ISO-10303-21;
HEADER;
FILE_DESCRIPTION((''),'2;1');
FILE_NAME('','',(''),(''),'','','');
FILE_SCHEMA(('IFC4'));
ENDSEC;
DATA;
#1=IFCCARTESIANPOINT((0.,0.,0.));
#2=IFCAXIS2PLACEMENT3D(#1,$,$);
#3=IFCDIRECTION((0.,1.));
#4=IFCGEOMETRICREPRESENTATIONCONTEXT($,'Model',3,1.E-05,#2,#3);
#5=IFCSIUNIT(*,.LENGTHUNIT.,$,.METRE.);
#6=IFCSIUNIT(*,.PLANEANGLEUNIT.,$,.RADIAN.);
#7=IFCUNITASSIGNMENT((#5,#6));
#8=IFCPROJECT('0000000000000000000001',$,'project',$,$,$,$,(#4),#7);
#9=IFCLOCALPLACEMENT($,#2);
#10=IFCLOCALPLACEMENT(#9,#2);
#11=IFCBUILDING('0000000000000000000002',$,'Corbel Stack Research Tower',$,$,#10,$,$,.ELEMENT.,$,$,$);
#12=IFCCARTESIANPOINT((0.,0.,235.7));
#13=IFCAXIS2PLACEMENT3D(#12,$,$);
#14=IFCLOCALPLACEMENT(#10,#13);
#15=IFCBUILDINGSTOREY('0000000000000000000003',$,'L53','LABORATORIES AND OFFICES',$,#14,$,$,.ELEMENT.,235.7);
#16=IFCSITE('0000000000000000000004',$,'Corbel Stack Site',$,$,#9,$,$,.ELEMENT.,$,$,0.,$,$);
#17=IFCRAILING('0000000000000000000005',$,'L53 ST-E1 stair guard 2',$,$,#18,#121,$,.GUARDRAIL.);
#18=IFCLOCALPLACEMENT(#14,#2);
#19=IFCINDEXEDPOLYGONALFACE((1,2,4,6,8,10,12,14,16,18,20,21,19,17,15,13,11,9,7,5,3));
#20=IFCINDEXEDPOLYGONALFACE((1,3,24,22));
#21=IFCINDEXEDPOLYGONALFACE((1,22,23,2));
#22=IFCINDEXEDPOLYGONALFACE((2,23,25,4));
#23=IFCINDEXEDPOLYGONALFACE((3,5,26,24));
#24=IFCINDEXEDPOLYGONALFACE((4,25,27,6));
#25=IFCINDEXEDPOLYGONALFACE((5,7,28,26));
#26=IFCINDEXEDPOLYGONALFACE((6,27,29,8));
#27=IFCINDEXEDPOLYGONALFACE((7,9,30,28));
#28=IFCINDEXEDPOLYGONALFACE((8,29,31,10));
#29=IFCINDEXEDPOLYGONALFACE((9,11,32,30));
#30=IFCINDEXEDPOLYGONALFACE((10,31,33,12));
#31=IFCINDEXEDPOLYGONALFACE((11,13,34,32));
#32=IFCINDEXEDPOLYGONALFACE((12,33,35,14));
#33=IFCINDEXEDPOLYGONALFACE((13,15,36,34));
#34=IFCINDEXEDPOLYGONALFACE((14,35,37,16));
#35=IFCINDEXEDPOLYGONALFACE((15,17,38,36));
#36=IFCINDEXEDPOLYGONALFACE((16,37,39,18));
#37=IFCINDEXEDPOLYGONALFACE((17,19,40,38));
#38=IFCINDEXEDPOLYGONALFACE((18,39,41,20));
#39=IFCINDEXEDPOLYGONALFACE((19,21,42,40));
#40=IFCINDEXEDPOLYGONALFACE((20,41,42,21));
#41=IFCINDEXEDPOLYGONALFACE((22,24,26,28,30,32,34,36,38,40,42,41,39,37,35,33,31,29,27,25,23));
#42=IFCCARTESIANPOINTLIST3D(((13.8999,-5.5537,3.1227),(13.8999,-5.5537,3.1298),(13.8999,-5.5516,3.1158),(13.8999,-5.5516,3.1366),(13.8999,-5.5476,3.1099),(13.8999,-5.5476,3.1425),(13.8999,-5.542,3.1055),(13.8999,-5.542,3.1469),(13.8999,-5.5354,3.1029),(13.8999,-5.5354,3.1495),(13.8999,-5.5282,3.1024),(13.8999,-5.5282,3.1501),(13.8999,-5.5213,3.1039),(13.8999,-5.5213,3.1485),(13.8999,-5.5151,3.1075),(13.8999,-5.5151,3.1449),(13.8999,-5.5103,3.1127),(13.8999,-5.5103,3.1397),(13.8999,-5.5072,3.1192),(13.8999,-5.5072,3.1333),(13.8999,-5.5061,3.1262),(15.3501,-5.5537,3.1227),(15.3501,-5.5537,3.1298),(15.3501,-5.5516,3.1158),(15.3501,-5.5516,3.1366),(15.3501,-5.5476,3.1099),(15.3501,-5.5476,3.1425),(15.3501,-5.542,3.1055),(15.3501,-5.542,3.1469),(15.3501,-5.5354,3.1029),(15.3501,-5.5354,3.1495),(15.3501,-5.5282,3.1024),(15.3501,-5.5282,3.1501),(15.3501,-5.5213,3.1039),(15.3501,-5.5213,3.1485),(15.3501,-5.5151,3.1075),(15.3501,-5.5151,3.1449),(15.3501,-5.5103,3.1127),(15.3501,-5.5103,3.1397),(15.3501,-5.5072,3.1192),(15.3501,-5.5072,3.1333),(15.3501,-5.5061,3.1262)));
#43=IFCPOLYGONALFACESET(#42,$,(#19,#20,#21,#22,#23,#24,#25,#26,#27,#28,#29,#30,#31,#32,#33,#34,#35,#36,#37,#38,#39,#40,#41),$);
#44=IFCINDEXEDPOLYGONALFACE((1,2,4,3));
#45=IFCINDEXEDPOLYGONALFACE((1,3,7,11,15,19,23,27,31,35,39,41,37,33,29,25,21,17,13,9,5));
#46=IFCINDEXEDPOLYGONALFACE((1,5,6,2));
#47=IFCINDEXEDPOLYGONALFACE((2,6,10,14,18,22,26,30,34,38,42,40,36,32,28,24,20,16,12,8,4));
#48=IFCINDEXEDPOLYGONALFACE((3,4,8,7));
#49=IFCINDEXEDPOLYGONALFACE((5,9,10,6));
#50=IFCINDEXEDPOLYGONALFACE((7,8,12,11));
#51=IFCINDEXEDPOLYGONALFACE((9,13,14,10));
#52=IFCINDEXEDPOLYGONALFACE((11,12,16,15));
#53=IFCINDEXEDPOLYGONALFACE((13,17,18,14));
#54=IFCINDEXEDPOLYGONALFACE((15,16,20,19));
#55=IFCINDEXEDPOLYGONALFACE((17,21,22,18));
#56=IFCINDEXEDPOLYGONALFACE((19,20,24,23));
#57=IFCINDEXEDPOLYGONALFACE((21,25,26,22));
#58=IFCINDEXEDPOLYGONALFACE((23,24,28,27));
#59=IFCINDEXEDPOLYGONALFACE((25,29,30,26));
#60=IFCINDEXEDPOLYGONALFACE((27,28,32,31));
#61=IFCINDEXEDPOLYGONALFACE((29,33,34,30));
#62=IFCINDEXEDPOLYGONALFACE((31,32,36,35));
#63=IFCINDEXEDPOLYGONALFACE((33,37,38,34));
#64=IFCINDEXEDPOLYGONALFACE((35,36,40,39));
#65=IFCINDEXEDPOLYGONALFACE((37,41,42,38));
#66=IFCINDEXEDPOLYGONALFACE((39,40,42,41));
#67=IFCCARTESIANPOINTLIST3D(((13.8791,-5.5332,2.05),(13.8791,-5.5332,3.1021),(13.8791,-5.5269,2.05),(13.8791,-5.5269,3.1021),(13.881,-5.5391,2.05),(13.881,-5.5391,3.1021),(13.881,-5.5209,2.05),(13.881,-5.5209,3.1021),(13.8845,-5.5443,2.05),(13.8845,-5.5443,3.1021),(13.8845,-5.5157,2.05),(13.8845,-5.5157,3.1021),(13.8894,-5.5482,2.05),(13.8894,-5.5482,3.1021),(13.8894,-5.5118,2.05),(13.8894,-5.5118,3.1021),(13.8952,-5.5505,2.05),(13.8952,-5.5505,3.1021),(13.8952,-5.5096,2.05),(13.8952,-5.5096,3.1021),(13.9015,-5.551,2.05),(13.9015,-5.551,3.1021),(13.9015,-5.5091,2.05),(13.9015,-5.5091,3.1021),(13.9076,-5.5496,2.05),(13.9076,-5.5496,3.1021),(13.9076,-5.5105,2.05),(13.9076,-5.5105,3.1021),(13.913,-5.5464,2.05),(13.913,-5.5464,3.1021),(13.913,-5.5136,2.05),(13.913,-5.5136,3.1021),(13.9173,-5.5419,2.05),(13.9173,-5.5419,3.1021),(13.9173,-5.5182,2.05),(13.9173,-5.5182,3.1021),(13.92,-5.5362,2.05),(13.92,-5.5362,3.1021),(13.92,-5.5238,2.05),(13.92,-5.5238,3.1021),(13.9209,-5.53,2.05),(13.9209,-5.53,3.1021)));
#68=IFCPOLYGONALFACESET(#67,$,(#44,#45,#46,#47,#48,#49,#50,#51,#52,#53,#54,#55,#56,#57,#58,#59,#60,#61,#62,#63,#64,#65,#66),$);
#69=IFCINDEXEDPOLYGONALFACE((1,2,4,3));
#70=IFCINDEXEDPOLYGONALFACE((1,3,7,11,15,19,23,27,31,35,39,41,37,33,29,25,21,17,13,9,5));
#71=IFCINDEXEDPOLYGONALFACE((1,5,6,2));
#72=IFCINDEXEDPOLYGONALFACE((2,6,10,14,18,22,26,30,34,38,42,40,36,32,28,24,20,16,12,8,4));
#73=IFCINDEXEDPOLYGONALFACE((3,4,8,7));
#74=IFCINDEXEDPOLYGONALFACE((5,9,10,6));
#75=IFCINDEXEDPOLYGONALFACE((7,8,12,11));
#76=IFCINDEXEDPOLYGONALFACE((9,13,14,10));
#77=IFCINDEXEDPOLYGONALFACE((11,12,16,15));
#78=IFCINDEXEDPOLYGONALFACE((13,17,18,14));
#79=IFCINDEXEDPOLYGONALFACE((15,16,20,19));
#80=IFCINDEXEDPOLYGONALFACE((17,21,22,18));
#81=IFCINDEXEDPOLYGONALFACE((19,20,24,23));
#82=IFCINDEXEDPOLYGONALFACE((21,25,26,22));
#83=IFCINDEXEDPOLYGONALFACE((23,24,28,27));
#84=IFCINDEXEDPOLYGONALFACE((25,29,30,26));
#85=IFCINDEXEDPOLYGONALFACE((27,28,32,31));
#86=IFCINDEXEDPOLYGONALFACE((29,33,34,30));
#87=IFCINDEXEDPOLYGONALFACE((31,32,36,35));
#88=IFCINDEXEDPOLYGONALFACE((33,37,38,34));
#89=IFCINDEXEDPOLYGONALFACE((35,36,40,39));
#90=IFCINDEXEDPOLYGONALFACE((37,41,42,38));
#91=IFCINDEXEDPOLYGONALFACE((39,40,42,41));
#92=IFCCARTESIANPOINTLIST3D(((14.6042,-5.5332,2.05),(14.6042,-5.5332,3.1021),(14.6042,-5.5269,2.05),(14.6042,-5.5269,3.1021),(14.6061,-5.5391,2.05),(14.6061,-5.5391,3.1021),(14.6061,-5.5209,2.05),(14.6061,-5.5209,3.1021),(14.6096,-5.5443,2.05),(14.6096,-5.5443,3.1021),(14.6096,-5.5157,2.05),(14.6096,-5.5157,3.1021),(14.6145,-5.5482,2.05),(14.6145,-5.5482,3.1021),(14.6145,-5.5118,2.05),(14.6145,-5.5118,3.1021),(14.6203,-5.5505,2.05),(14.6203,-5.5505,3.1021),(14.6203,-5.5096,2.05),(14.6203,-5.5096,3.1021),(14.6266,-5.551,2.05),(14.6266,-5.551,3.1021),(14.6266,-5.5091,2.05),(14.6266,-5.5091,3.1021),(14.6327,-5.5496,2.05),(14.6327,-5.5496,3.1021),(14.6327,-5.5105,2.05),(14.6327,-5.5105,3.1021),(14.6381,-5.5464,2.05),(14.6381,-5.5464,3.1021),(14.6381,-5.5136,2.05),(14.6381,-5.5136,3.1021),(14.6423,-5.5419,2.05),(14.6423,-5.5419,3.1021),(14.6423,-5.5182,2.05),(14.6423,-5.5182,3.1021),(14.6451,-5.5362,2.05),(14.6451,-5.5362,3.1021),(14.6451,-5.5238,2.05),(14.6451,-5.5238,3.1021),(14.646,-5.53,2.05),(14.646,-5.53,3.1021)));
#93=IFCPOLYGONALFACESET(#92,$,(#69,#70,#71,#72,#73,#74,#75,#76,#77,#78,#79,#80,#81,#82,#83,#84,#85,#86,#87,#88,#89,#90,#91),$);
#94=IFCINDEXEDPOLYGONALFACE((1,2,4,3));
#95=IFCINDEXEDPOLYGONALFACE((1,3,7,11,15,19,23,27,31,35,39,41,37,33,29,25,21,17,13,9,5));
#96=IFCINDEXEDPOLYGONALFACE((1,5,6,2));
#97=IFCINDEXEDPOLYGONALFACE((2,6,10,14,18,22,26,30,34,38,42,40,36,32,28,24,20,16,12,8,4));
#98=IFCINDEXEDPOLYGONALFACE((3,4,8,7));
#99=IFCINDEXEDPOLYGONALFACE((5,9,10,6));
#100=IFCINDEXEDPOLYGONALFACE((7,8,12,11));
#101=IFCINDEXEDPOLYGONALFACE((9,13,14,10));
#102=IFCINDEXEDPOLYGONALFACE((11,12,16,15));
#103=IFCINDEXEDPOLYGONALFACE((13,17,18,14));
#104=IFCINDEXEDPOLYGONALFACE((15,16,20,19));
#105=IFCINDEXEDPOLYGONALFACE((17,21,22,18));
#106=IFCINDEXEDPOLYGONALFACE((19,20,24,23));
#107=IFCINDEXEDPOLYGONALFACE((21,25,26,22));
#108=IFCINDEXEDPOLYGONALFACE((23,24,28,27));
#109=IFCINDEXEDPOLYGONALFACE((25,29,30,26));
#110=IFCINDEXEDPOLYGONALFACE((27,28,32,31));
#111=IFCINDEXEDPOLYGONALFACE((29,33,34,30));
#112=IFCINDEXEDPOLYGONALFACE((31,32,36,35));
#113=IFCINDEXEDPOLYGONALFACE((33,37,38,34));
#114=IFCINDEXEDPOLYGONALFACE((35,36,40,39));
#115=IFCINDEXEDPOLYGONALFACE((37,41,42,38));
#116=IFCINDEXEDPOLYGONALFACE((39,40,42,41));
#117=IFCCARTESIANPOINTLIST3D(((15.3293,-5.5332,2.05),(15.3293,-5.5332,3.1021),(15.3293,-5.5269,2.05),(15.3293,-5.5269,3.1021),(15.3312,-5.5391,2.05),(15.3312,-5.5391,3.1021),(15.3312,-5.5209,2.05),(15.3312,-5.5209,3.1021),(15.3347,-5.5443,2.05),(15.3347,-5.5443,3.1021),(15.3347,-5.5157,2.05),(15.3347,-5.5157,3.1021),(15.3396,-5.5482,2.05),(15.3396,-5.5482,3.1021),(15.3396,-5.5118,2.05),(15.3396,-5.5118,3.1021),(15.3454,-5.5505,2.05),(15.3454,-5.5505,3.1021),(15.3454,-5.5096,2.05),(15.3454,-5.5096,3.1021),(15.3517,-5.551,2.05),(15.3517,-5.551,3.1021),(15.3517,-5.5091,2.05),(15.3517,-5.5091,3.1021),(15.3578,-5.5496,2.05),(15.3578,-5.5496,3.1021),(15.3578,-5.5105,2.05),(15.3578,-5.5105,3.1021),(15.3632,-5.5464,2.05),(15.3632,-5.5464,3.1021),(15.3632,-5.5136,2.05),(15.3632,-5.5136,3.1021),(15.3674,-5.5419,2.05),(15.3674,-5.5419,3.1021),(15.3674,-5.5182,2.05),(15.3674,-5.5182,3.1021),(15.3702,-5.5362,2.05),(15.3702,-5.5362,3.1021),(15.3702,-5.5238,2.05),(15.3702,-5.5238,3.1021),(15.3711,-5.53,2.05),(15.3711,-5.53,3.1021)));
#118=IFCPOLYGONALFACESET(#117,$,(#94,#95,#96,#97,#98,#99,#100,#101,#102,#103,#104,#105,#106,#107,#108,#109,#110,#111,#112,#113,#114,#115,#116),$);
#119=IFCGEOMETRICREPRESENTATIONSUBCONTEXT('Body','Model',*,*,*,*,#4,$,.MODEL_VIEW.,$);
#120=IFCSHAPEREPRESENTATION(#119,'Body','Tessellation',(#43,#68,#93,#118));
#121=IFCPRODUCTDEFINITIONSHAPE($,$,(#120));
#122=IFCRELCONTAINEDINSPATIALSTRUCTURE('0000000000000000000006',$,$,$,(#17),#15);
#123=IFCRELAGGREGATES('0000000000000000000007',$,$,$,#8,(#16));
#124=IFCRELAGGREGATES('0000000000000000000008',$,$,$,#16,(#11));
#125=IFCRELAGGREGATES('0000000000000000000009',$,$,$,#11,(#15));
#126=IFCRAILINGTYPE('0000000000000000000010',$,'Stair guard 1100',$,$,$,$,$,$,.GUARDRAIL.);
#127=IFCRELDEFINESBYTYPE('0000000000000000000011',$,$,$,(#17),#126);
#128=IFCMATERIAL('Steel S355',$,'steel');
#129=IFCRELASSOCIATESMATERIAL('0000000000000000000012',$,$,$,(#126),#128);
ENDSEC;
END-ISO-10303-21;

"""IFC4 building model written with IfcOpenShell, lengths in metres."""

from ifc_helpers import new_model, si_unit, direction, frame, origin, origin_2d, place, context, subcontext, project, spatial, circle, extrude, material, type_object, element, save


model = new_model("IFC4")

# Units and contexts
model_context = context("Model", 3, precision=1e-05, world=origin(), true_north=direction((0.0, 1.0)))
body_context = subcontext(model_context, "Body", "Model", "MODEL_VIEW")
ifc_project = project(units=[si_unit("LENGTHUNIT", "METRE"), si_unit("PLANEANGLEUNIT", "RADIAN")], contexts=[model_context])

# Site, building, storey
site_placement = place(None, origin())
site = spatial("IfcSite", under=ifc_project, at=site_placement, Name="Corbel Stack Site", CompositionType="ELEMENT", RefElevation=0.0)
building_placement = place(site_placement, origin())
building = spatial("IfcBuilding", under=site, at=building_placement, Name="Corbel Stack Research Tower", CompositionType="ELEMENT")
storey_placement = place(building_placement, frame((0.0, 0.0, 235.7)))
storey = spatial("IfcBuildingStorey", under=building, at=storey_placement, Name="L53", Description="LABORATORIES AND OFFICES", CompositionType="ELEMENT", Elevation=235.7)

# Railing
ifc_material_1 = material(Name="Steel S355", Category="steel")
railing_type_1 = type_object("IfcRailingType", Name="Stair guard 1100", PredefinedType="GUARDRAIL", material=ifc_material_1)
railing_1_placement = place(storey_placement, frame((13.8999, -5.53, 2.05)))
element("IfcRailing", 1, at=railing_1_placement, inside=storey, type_object=railing_type_1, Name="L53 ST-E1 stair guard 2", PredefinedType="GUARDRAIL", context=body_context, shape_type="SweptSolid", body=[
    extrude(circle(Radius=0.0239, at=origin_2d()), frame((0.0, 0.0, 1.0762), z_axis=(1.0, 0.0, 0.0), x_axis=(0.0, 1.0, 0.0)), (0.0, 0.0, 1.0), 1.4502),
    extrude(circle(Radius=0.021, at=origin_2d()), origin(), (0.0, 0.0, 1.0), 1.052),
    extrude(circle(Radius=0.021, at=origin_2d()), frame((0.7251, 0.0, 0.0)), (0.0, 0.0, 1.0), 1.052),
    extrude(circle(Radius=0.021, at=origin_2d()), frame((1.4502, 0.0, 0.0)), (0.0, 0.0, 1.0), 1.052),
])

save(model, "model.ifc")
